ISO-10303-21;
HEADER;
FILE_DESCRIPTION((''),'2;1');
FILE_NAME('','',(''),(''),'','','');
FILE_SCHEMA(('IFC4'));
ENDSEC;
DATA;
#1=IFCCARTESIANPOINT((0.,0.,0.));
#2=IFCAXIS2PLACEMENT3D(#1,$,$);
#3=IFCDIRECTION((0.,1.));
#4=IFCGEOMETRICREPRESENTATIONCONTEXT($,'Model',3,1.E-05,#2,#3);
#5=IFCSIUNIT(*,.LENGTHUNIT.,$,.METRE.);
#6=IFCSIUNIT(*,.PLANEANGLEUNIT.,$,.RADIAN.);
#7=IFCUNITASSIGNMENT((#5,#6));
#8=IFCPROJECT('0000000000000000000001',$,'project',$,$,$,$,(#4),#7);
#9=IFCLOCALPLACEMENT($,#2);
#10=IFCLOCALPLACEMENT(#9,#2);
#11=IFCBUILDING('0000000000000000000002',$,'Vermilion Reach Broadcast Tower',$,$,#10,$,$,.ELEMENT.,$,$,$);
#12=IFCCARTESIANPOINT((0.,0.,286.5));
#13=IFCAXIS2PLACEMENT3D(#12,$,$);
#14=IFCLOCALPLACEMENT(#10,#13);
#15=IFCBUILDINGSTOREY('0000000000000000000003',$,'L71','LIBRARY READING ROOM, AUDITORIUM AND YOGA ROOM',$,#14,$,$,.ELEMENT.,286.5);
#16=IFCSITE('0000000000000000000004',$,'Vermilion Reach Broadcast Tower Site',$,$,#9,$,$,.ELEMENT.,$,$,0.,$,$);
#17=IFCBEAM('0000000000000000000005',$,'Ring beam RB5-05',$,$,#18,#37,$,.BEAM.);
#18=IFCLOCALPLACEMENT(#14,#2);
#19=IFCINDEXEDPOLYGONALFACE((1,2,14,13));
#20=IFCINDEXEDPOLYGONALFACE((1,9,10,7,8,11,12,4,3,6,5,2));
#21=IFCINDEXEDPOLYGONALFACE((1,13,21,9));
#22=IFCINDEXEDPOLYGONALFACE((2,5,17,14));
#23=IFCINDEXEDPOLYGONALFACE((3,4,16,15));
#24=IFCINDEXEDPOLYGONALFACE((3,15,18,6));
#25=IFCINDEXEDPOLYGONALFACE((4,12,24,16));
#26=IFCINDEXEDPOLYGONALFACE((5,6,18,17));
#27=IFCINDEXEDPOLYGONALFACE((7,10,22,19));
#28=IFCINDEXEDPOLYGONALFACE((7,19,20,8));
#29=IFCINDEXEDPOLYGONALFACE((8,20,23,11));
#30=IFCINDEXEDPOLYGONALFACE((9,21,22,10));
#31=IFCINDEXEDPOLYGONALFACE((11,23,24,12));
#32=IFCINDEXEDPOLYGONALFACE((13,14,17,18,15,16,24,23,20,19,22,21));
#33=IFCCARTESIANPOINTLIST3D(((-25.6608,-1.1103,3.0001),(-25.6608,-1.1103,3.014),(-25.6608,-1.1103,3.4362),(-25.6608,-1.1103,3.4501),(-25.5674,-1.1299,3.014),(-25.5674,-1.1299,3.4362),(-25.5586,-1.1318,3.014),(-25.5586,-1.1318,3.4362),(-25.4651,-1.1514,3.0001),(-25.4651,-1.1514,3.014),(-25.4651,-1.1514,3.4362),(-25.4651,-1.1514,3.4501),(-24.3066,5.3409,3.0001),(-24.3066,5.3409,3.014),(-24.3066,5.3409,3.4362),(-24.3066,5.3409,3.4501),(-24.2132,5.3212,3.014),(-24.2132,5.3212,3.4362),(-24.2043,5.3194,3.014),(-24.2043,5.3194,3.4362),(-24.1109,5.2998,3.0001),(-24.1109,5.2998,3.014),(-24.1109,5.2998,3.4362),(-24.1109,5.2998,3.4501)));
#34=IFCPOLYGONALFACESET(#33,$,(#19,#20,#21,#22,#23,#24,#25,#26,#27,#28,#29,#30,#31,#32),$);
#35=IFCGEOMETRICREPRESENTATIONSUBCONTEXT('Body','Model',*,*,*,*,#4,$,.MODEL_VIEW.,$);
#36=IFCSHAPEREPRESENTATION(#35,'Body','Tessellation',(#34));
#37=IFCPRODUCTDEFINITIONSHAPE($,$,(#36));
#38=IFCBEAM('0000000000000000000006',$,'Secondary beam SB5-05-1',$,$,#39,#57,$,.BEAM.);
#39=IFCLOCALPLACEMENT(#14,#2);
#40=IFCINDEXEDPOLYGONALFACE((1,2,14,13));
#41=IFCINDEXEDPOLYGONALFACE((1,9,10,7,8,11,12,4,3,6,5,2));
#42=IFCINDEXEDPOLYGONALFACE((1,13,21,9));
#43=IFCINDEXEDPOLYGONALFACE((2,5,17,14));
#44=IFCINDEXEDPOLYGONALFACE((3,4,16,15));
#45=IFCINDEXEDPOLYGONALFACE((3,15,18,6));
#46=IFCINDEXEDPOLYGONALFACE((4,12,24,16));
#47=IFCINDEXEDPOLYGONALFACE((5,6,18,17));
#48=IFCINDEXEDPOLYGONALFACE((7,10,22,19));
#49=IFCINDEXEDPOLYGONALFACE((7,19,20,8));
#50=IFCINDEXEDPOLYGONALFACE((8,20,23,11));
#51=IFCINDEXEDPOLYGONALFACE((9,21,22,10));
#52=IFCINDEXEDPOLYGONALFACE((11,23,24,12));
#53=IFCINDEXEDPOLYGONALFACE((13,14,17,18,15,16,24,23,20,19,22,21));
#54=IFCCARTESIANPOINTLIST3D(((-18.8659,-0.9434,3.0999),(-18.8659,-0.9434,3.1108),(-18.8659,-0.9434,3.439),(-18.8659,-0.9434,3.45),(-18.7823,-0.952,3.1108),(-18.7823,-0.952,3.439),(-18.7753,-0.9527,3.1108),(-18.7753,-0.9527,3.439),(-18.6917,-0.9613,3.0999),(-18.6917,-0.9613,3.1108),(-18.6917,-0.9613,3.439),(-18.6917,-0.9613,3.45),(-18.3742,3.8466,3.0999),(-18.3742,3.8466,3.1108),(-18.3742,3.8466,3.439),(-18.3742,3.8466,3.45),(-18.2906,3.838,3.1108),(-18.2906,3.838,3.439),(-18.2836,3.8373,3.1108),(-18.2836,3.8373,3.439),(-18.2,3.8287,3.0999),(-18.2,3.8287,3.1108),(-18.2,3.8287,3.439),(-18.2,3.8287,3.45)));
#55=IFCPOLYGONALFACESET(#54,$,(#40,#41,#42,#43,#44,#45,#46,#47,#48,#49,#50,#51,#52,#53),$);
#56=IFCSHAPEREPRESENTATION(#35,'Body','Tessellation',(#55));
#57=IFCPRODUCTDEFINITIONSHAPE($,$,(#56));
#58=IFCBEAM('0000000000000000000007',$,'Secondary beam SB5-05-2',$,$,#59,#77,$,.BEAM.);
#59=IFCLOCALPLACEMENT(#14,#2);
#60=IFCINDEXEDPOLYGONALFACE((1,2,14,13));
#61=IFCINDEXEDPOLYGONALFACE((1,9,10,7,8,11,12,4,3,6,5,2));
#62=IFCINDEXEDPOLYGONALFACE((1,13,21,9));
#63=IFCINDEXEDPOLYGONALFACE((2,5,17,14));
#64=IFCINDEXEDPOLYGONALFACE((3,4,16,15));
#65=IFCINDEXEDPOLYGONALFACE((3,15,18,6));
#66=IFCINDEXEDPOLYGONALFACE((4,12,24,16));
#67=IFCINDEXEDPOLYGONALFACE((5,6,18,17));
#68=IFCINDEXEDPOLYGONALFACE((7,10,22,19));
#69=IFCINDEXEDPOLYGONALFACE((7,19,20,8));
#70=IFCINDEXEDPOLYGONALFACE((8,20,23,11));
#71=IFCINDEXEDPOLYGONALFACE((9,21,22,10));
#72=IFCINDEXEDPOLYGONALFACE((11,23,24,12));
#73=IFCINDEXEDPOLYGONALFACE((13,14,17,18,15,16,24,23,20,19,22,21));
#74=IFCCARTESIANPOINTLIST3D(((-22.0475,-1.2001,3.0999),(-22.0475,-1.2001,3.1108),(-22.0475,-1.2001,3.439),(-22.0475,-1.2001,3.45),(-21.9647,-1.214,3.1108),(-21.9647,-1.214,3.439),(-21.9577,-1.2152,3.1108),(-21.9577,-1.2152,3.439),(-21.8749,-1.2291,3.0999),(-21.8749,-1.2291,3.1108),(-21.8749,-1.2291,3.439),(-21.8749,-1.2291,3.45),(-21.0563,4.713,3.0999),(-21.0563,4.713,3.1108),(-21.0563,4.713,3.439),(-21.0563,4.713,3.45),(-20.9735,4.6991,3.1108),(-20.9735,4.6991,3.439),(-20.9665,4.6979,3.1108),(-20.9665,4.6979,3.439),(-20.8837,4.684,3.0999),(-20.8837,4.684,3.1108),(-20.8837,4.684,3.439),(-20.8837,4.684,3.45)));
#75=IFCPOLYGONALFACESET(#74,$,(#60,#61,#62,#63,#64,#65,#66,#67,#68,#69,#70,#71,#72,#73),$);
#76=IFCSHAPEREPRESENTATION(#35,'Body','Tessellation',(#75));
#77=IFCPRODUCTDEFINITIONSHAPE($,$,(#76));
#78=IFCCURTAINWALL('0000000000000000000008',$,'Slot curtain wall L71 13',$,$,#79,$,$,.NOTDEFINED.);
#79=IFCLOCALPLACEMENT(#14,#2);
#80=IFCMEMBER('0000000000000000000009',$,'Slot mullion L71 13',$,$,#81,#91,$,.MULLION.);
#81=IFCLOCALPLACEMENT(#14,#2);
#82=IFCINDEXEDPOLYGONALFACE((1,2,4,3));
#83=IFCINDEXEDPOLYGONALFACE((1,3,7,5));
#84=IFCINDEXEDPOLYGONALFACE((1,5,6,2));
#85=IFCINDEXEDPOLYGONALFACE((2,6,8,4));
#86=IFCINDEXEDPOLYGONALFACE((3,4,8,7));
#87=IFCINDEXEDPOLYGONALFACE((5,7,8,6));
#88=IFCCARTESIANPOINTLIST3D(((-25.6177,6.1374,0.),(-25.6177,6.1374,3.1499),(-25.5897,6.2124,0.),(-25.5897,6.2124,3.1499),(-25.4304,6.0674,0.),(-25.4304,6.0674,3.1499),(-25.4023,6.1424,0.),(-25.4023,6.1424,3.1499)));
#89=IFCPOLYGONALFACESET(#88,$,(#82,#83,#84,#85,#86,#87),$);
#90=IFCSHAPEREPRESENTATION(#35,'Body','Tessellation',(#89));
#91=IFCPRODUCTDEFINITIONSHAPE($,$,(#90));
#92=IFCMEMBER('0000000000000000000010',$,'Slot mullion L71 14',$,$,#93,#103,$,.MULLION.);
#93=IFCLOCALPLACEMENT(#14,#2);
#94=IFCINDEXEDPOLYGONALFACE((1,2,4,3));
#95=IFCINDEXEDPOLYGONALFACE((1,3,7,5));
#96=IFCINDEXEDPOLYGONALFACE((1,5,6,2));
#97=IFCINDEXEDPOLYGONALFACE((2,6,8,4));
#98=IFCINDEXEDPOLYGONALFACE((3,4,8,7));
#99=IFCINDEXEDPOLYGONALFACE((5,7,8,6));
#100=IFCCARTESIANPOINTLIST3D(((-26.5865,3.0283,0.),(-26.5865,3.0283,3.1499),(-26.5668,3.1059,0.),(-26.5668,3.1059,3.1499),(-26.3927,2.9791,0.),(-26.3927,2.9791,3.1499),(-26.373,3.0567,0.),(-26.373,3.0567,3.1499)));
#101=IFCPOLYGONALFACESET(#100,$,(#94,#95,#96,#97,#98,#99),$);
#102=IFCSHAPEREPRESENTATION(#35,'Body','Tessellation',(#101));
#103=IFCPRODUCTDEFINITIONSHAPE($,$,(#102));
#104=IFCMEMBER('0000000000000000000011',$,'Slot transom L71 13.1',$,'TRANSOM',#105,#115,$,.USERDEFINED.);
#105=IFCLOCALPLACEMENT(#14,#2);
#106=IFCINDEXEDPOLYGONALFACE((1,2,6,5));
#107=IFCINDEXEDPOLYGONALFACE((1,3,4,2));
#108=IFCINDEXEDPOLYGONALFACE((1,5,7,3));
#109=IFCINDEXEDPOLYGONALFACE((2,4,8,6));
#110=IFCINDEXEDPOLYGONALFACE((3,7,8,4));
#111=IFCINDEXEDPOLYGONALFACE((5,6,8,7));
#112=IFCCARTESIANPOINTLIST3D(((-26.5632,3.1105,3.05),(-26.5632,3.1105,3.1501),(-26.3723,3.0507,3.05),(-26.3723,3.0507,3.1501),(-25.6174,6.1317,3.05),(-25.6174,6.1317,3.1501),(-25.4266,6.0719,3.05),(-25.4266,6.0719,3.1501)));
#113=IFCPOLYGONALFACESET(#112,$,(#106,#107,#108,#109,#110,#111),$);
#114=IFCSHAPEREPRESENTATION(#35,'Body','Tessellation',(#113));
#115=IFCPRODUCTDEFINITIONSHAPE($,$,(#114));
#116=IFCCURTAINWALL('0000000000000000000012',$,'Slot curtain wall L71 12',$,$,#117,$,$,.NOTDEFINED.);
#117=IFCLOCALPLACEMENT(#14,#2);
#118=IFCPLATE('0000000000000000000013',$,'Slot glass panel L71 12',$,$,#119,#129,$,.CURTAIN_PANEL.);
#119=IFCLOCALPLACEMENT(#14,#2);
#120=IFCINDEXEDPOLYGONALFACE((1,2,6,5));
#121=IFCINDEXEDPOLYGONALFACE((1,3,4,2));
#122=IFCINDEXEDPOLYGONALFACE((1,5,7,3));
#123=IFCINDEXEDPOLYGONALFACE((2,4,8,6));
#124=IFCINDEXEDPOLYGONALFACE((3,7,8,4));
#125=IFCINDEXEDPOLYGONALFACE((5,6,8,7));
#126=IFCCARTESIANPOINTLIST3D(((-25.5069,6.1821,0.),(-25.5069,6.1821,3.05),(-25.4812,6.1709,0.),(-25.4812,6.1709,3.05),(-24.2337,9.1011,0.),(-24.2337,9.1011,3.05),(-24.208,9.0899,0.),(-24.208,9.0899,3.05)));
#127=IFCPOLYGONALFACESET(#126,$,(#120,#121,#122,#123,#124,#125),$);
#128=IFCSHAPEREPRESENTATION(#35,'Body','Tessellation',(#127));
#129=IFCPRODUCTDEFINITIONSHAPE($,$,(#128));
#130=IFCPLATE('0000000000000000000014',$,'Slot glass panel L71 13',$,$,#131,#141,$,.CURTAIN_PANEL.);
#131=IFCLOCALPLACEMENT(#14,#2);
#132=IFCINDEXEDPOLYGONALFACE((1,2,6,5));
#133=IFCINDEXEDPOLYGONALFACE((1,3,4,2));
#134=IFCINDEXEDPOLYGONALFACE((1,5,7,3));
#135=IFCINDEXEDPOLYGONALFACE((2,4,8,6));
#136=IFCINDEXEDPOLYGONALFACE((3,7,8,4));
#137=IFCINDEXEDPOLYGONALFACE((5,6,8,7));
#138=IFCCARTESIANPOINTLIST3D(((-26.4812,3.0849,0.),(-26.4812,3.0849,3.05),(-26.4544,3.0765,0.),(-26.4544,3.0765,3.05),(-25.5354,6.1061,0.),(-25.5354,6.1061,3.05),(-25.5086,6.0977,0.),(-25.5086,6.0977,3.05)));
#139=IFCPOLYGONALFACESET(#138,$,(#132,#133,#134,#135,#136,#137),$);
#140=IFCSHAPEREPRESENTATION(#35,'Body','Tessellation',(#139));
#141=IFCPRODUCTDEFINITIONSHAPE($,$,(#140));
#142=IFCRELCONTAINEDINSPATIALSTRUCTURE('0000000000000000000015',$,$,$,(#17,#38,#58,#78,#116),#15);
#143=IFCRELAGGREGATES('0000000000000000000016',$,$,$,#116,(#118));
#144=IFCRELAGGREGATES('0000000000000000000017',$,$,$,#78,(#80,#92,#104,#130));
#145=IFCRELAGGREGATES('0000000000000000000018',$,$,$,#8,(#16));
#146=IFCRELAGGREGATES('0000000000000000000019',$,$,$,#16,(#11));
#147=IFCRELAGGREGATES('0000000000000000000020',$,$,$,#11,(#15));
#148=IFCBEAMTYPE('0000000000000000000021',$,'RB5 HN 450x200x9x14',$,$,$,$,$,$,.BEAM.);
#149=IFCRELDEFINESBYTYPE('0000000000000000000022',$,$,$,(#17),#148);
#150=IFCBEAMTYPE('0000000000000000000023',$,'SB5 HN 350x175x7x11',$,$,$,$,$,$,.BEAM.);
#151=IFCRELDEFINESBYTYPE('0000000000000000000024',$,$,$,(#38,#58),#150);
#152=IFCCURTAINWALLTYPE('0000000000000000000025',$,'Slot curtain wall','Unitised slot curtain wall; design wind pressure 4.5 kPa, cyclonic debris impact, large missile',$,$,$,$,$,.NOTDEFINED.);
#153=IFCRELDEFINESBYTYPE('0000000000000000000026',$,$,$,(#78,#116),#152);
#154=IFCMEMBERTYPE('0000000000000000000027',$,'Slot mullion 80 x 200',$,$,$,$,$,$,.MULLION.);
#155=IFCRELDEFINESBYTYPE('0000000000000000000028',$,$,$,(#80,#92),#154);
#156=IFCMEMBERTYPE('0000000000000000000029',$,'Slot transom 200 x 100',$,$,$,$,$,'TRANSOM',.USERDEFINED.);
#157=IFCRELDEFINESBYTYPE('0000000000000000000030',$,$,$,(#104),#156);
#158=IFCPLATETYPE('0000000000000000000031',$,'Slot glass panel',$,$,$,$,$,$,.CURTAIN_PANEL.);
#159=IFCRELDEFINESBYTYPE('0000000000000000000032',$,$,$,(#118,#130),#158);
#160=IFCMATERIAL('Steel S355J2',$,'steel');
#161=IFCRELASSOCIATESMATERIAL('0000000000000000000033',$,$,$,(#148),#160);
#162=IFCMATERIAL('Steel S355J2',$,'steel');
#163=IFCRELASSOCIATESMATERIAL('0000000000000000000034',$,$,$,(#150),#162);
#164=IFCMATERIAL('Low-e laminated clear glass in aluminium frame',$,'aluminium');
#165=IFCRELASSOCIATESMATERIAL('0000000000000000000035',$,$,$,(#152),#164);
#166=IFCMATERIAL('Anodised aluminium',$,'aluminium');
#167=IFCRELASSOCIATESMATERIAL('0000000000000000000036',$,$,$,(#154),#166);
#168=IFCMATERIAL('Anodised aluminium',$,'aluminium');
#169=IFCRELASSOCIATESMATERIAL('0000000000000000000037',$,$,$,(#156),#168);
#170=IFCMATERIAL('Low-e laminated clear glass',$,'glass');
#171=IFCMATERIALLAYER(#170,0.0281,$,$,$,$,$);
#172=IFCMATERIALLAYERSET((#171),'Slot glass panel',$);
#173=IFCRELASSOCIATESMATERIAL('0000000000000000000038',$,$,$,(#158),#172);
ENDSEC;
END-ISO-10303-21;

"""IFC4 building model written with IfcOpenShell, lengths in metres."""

from ifc_helpers import new_model, si_unit, direction, frame, origin, origin_2d, place, context, subcontext, project, spatial, rectangle, i_section, extrude, material, layer, layer_set, material_profile, profile_set, type_object, element, aggregate, save


model = new_model("IFC4")

# Units and contexts
model_context = context("Model", 3, precision=1e-05, world=origin(), true_north=direction((0.0, 1.0)))
body_context = subcontext(model_context, "Body", "Model", "MODEL_VIEW")
ifc_project = project(units=[si_unit("LENGTHUNIT", "METRE"), si_unit("PLANEANGLEUNIT", "RADIAN")], contexts=[model_context])

# Site, building, storey
site_placement = place(None, origin())
site = spatial("IfcSite", under=ifc_project, at=site_placement, Name="Vermilion Reach Broadcast Tower Site", CompositionType="ELEMENT", RefElevation=0.0)
building_placement = place(site_placement, origin())
building = spatial("IfcBuilding", under=site, at=building_placement, Name="Vermilion Reach Broadcast Tower", CompositionType="ELEMENT")
storey_placement = place(building_placement, frame((0.0, 0.0, 286.5)))
storey = spatial("IfcBuildingStorey", under=building, at=storey_placement, Name="L71", Description="LIBRARY READING ROOM, AUDITORIUM AND YOGA ROOM", CompositionType="ELEMENT", Elevation=286.5)

# Beams
ifc_material_1 = material(Name="Steel S355J2", Category="steel")
ifc_material_profile_1 = material_profile(ifc_material_1, i_section(OverallWidth=0.2, OverallDepth=0.45, WebThickness=0.009, FlangeThickness=0.0139, at=origin_2d()), Name="S355J2 HN 450x200x9x14")
ifc_profile_set_1 = profile_set([ifc_material_profile_1], Name="Steel S355J2")
beam_type_1 = type_object("IfcBeamType", Name="RB5 HN 450x200x9x14", PredefinedType="BEAM", material=ifc_profile_set_1)
beam_1_placement = place(storey_placement, frame((-24.2087, 5.3203, 3.2251), z_axis=(-0.205445, -0.978669, 0.0), x_axis=(0.978669, -0.205445, 0.0)))
element("IfcBeam", 1, at=beam_1_placement, inside=storey, type_object=beam_type_1, Name="Ring beam RB5-05", PredefinedType="BEAM", context=body_context, shape_type="SweptSolid", body=[
    extrude(i_section(OverallWidth=0.2, OverallDepth=0.45, WebThickness=0.009, FlangeThickness=0.0139, at=origin_2d()), origin(), (0.0, 0.0, 1.0), 6.5918),
])
ifc_material_2 = material(Name="Steel S355J2", Category="steel")
ifc_material_profile_2 = material_profile(ifc_material_2, i_section(OverallWidth=0.175, OverallDepth=0.3501, WebThickness=0.0071, FlangeThickness=0.011, at=origin_2d()), Name="S355J2 HN 350x175x7x11")
ifc_profile_set_2 = profile_set([ifc_material_profile_2], Name="Steel S355J2")
beam_type_2 = type_object("IfcBeamType", Name="SB5 HN 350x175x7x11", PredefinedType="BEAM", material=ifc_profile_set_2)
beam_2_placement = place(storey_placement, frame((-18.2871, 3.8376, 3.2749), z_axis=(-0.102114, -0.994773, 0.0), x_axis=(0.994773, -0.102114, 0.0)))
element("IfcBeam", 2, at=beam_2_placement, inside=storey, type_object=beam_type_2, Name="Secondary beam SB5-05-1", PredefinedType="BEAM", context=body_context, shape_type="SweptSolid", body=[
    extrude(i_section(OverallWidth=0.175, OverallDepth=0.3501, WebThickness=0.0071, FlangeThickness=0.011, at=origin_2d()), origin(), (0.0, 0.0, 1.0), 4.8152),
])
beam_3_placement = place(storey_placement, frame((-20.97, 4.6985, 3.2749), z_axis=(-0.165323, -0.986239, 0.0), x_axis=(0.986239, -0.165323, 0.0)))
element("IfcBeam", 3, at=beam_3_placement, inside=storey, type_object=beam_type_2, Name="Secondary beam SB5-05-2", PredefinedType="BEAM", context=body_context, shape_type="SweptSolid", body=[
    extrude(i_section(OverallWidth=0.175, OverallDepth=0.3501, WebThickness=0.0071, FlangeThickness=0.011, at=origin_2d()), origin(), (0.0, 0.0, 1.0), 5.9956),
])

# Curtain wall, members
ifc_material_3 = material(Name="Low-e laminated clear glass in aluminium frame", Category="aluminium")
curtain_wall_type = type_object("IfcCurtainWallType", Name="Slot curtain wall", Description="Unitised slot curtain wall; design wind pressure 4.5 kPa, cyclonic debris impact, large missile", PredefinedType="NOTDEFINED", material=ifc_material_3)
placement = place(storey_placement, origin())
curtain_wall_1 = element("IfcCurtainWall", 4, at=placement, inside=storey, type_object=curtain_wall_type, Name="Slot curtain wall L71 13", PredefinedType="NOTDEFINED")
ifc_material_4 = material(Name="Anodised aluminium", Category="aluminium")
ifc_material_profile_3 = material_profile(ifc_material_4, rectangle(XDim=0.2, YDim=0.0801, at=origin_2d()), Name="Slot mullion 80 x 200")
ifc_profile_set_3 = profile_set([ifc_material_profile_3], Name="Anodised aluminium")
member_type_1 = type_object("IfcMemberType", Name="Slot mullion 80 x 200", PredefinedType="MULLION", material=ifc_profile_set_3)
member_1_placement = place(storey_placement, frame((-25.51, 6.1399, 0.0), z_axis=(0.0, 0.0, 1.0), x_axis=(0.936831, -0.349784, 0.0)))
member_1 = element("IfcMember", 5, at=member_1_placement, type_object=member_type_1, Name="Slot mullion L71 13", PredefinedType="MULLION", context=body_context, shape_type="SweptSolid", body=[
    extrude(rectangle(XDim=0.2, YDim=0.0801, at=origin_2d()), origin(), (0.0, 0.0, 1.0), 3.1499),
])
member_2_placement = place(storey_placement, frame((-26.4797, 3.0425, 0.0), z_axis=(0.0, 0.0, 1.0), x_axis=(0.969278, -0.245968, 0.0)))
member_2 = element("IfcMember", 6, at=member_2_placement, type_object=member_type_1, Name="Slot mullion L71 14", PredefinedType="MULLION", context=body_context, shape_type="SweptSolid", body=[
    extrude(rectangle(XDim=0.2, YDim=0.0801, at=origin_2d()), origin(), (0.0, 0.0, 1.0), 3.1499),
])
ifc_material_5 = material(Name="Anodised aluminium", Category="aluminium")
ifc_material_profile_4 = material_profile(ifc_material_5, rectangle(XDim=0.2, YDim=0.1001, at=origin_2d()), Name="Slot transom 200 x 100")
ifc_profile_set_4 = profile_set([ifc_material_profile_4], Name="Anodised aluminium")
member_type_2 = type_object("IfcMemberType", Name="Slot transom 200 x 100", ElementType="TRANSOM", PredefinedType="USERDEFINED", material=ifc_profile_set_4)
member_3_placement = place(storey_placement, frame((-25.522, 6.1018, 3.1001), z_axis=(-0.298754, -0.95433, 0.0), x_axis=(0.95433, -0.298754, 0.0)))
member_3 = element("IfcMember", 7, at=member_3_placement, type_object=member_type_2, Name="Slot transom L71 13.1", ObjectType="TRANSOM", PredefinedType="USERDEFINED", context=body_context, shape_type="SweptSolid", body=[
    extrude(rectangle(XDim=0.2, YDim=0.1001, at=origin_2d()), origin(), (0.0, 0.0, 1.0), 3.1658),
])

# Curtain wall, plate
curtain_wall_2 = element("IfcCurtainWall", 8, at=placement, inside=storey, type_object=curtain_wall_type, Name="Slot curtain wall L71 12", PredefinedType="NOTDEFINED")
ifc_material_6 = material(Name="Low-e laminated clear glass", Category="glass")
ifc_layer_1 = layer(ifc_material_6, 0.0281)
ifc_layer_set_1 = layer_set([ifc_layer_1], Name="Slot glass panel")
plate_type = type_object("IfcPlateType", Name="Slot glass panel", PredefinedType="CURTAIN_PANEL", material=ifc_layer_set_1)
plate_1_placement = place(storey_placement, frame((-24.8574, 7.636, 0.0), z_axis=(0.0, 0.0, 1.0), x_axis=(-0.3998, -0.916602, 0.0)))
plate_1 = element("IfcPlate", 9, at=plate_1_placement, type_object=plate_type, Name="Slot glass panel L71 12", PredefinedType="CURTAIN_PANEL", context=body_context, shape_type="SweptSolid", body=[
    extrude(rectangle(XDim=3.1846, YDim=0.0281, at=origin_2d()), origin(), (0.0, 0.0, 1.0), 3.05),
])
aggregate(curtain_wall_2, [plate_1])

# Plate
plate_2_placement = place(storey_placement, frame((-25.9949, 4.5913, 0.0), z_axis=(0.0, 0.0, 1.0), x_axis=(-0.298749, -0.954332, 0.0)))
plate_2 = element("IfcPlate", 10, at=plate_2_placement, type_object=plate_type, Name="Slot glass panel L71 13", PredefinedType="CURTAIN_PANEL", context=body_context, shape_type="SweptSolid", body=[
    extrude(rectangle(XDim=3.1658, YDim=0.0281, at=origin_2d()), origin(), (0.0, 0.0, 1.0), 3.05),
])
aggregate(curtain_wall_1, [member_1, member_2, member_3, plate_2])

save(model, "model.ifc")
